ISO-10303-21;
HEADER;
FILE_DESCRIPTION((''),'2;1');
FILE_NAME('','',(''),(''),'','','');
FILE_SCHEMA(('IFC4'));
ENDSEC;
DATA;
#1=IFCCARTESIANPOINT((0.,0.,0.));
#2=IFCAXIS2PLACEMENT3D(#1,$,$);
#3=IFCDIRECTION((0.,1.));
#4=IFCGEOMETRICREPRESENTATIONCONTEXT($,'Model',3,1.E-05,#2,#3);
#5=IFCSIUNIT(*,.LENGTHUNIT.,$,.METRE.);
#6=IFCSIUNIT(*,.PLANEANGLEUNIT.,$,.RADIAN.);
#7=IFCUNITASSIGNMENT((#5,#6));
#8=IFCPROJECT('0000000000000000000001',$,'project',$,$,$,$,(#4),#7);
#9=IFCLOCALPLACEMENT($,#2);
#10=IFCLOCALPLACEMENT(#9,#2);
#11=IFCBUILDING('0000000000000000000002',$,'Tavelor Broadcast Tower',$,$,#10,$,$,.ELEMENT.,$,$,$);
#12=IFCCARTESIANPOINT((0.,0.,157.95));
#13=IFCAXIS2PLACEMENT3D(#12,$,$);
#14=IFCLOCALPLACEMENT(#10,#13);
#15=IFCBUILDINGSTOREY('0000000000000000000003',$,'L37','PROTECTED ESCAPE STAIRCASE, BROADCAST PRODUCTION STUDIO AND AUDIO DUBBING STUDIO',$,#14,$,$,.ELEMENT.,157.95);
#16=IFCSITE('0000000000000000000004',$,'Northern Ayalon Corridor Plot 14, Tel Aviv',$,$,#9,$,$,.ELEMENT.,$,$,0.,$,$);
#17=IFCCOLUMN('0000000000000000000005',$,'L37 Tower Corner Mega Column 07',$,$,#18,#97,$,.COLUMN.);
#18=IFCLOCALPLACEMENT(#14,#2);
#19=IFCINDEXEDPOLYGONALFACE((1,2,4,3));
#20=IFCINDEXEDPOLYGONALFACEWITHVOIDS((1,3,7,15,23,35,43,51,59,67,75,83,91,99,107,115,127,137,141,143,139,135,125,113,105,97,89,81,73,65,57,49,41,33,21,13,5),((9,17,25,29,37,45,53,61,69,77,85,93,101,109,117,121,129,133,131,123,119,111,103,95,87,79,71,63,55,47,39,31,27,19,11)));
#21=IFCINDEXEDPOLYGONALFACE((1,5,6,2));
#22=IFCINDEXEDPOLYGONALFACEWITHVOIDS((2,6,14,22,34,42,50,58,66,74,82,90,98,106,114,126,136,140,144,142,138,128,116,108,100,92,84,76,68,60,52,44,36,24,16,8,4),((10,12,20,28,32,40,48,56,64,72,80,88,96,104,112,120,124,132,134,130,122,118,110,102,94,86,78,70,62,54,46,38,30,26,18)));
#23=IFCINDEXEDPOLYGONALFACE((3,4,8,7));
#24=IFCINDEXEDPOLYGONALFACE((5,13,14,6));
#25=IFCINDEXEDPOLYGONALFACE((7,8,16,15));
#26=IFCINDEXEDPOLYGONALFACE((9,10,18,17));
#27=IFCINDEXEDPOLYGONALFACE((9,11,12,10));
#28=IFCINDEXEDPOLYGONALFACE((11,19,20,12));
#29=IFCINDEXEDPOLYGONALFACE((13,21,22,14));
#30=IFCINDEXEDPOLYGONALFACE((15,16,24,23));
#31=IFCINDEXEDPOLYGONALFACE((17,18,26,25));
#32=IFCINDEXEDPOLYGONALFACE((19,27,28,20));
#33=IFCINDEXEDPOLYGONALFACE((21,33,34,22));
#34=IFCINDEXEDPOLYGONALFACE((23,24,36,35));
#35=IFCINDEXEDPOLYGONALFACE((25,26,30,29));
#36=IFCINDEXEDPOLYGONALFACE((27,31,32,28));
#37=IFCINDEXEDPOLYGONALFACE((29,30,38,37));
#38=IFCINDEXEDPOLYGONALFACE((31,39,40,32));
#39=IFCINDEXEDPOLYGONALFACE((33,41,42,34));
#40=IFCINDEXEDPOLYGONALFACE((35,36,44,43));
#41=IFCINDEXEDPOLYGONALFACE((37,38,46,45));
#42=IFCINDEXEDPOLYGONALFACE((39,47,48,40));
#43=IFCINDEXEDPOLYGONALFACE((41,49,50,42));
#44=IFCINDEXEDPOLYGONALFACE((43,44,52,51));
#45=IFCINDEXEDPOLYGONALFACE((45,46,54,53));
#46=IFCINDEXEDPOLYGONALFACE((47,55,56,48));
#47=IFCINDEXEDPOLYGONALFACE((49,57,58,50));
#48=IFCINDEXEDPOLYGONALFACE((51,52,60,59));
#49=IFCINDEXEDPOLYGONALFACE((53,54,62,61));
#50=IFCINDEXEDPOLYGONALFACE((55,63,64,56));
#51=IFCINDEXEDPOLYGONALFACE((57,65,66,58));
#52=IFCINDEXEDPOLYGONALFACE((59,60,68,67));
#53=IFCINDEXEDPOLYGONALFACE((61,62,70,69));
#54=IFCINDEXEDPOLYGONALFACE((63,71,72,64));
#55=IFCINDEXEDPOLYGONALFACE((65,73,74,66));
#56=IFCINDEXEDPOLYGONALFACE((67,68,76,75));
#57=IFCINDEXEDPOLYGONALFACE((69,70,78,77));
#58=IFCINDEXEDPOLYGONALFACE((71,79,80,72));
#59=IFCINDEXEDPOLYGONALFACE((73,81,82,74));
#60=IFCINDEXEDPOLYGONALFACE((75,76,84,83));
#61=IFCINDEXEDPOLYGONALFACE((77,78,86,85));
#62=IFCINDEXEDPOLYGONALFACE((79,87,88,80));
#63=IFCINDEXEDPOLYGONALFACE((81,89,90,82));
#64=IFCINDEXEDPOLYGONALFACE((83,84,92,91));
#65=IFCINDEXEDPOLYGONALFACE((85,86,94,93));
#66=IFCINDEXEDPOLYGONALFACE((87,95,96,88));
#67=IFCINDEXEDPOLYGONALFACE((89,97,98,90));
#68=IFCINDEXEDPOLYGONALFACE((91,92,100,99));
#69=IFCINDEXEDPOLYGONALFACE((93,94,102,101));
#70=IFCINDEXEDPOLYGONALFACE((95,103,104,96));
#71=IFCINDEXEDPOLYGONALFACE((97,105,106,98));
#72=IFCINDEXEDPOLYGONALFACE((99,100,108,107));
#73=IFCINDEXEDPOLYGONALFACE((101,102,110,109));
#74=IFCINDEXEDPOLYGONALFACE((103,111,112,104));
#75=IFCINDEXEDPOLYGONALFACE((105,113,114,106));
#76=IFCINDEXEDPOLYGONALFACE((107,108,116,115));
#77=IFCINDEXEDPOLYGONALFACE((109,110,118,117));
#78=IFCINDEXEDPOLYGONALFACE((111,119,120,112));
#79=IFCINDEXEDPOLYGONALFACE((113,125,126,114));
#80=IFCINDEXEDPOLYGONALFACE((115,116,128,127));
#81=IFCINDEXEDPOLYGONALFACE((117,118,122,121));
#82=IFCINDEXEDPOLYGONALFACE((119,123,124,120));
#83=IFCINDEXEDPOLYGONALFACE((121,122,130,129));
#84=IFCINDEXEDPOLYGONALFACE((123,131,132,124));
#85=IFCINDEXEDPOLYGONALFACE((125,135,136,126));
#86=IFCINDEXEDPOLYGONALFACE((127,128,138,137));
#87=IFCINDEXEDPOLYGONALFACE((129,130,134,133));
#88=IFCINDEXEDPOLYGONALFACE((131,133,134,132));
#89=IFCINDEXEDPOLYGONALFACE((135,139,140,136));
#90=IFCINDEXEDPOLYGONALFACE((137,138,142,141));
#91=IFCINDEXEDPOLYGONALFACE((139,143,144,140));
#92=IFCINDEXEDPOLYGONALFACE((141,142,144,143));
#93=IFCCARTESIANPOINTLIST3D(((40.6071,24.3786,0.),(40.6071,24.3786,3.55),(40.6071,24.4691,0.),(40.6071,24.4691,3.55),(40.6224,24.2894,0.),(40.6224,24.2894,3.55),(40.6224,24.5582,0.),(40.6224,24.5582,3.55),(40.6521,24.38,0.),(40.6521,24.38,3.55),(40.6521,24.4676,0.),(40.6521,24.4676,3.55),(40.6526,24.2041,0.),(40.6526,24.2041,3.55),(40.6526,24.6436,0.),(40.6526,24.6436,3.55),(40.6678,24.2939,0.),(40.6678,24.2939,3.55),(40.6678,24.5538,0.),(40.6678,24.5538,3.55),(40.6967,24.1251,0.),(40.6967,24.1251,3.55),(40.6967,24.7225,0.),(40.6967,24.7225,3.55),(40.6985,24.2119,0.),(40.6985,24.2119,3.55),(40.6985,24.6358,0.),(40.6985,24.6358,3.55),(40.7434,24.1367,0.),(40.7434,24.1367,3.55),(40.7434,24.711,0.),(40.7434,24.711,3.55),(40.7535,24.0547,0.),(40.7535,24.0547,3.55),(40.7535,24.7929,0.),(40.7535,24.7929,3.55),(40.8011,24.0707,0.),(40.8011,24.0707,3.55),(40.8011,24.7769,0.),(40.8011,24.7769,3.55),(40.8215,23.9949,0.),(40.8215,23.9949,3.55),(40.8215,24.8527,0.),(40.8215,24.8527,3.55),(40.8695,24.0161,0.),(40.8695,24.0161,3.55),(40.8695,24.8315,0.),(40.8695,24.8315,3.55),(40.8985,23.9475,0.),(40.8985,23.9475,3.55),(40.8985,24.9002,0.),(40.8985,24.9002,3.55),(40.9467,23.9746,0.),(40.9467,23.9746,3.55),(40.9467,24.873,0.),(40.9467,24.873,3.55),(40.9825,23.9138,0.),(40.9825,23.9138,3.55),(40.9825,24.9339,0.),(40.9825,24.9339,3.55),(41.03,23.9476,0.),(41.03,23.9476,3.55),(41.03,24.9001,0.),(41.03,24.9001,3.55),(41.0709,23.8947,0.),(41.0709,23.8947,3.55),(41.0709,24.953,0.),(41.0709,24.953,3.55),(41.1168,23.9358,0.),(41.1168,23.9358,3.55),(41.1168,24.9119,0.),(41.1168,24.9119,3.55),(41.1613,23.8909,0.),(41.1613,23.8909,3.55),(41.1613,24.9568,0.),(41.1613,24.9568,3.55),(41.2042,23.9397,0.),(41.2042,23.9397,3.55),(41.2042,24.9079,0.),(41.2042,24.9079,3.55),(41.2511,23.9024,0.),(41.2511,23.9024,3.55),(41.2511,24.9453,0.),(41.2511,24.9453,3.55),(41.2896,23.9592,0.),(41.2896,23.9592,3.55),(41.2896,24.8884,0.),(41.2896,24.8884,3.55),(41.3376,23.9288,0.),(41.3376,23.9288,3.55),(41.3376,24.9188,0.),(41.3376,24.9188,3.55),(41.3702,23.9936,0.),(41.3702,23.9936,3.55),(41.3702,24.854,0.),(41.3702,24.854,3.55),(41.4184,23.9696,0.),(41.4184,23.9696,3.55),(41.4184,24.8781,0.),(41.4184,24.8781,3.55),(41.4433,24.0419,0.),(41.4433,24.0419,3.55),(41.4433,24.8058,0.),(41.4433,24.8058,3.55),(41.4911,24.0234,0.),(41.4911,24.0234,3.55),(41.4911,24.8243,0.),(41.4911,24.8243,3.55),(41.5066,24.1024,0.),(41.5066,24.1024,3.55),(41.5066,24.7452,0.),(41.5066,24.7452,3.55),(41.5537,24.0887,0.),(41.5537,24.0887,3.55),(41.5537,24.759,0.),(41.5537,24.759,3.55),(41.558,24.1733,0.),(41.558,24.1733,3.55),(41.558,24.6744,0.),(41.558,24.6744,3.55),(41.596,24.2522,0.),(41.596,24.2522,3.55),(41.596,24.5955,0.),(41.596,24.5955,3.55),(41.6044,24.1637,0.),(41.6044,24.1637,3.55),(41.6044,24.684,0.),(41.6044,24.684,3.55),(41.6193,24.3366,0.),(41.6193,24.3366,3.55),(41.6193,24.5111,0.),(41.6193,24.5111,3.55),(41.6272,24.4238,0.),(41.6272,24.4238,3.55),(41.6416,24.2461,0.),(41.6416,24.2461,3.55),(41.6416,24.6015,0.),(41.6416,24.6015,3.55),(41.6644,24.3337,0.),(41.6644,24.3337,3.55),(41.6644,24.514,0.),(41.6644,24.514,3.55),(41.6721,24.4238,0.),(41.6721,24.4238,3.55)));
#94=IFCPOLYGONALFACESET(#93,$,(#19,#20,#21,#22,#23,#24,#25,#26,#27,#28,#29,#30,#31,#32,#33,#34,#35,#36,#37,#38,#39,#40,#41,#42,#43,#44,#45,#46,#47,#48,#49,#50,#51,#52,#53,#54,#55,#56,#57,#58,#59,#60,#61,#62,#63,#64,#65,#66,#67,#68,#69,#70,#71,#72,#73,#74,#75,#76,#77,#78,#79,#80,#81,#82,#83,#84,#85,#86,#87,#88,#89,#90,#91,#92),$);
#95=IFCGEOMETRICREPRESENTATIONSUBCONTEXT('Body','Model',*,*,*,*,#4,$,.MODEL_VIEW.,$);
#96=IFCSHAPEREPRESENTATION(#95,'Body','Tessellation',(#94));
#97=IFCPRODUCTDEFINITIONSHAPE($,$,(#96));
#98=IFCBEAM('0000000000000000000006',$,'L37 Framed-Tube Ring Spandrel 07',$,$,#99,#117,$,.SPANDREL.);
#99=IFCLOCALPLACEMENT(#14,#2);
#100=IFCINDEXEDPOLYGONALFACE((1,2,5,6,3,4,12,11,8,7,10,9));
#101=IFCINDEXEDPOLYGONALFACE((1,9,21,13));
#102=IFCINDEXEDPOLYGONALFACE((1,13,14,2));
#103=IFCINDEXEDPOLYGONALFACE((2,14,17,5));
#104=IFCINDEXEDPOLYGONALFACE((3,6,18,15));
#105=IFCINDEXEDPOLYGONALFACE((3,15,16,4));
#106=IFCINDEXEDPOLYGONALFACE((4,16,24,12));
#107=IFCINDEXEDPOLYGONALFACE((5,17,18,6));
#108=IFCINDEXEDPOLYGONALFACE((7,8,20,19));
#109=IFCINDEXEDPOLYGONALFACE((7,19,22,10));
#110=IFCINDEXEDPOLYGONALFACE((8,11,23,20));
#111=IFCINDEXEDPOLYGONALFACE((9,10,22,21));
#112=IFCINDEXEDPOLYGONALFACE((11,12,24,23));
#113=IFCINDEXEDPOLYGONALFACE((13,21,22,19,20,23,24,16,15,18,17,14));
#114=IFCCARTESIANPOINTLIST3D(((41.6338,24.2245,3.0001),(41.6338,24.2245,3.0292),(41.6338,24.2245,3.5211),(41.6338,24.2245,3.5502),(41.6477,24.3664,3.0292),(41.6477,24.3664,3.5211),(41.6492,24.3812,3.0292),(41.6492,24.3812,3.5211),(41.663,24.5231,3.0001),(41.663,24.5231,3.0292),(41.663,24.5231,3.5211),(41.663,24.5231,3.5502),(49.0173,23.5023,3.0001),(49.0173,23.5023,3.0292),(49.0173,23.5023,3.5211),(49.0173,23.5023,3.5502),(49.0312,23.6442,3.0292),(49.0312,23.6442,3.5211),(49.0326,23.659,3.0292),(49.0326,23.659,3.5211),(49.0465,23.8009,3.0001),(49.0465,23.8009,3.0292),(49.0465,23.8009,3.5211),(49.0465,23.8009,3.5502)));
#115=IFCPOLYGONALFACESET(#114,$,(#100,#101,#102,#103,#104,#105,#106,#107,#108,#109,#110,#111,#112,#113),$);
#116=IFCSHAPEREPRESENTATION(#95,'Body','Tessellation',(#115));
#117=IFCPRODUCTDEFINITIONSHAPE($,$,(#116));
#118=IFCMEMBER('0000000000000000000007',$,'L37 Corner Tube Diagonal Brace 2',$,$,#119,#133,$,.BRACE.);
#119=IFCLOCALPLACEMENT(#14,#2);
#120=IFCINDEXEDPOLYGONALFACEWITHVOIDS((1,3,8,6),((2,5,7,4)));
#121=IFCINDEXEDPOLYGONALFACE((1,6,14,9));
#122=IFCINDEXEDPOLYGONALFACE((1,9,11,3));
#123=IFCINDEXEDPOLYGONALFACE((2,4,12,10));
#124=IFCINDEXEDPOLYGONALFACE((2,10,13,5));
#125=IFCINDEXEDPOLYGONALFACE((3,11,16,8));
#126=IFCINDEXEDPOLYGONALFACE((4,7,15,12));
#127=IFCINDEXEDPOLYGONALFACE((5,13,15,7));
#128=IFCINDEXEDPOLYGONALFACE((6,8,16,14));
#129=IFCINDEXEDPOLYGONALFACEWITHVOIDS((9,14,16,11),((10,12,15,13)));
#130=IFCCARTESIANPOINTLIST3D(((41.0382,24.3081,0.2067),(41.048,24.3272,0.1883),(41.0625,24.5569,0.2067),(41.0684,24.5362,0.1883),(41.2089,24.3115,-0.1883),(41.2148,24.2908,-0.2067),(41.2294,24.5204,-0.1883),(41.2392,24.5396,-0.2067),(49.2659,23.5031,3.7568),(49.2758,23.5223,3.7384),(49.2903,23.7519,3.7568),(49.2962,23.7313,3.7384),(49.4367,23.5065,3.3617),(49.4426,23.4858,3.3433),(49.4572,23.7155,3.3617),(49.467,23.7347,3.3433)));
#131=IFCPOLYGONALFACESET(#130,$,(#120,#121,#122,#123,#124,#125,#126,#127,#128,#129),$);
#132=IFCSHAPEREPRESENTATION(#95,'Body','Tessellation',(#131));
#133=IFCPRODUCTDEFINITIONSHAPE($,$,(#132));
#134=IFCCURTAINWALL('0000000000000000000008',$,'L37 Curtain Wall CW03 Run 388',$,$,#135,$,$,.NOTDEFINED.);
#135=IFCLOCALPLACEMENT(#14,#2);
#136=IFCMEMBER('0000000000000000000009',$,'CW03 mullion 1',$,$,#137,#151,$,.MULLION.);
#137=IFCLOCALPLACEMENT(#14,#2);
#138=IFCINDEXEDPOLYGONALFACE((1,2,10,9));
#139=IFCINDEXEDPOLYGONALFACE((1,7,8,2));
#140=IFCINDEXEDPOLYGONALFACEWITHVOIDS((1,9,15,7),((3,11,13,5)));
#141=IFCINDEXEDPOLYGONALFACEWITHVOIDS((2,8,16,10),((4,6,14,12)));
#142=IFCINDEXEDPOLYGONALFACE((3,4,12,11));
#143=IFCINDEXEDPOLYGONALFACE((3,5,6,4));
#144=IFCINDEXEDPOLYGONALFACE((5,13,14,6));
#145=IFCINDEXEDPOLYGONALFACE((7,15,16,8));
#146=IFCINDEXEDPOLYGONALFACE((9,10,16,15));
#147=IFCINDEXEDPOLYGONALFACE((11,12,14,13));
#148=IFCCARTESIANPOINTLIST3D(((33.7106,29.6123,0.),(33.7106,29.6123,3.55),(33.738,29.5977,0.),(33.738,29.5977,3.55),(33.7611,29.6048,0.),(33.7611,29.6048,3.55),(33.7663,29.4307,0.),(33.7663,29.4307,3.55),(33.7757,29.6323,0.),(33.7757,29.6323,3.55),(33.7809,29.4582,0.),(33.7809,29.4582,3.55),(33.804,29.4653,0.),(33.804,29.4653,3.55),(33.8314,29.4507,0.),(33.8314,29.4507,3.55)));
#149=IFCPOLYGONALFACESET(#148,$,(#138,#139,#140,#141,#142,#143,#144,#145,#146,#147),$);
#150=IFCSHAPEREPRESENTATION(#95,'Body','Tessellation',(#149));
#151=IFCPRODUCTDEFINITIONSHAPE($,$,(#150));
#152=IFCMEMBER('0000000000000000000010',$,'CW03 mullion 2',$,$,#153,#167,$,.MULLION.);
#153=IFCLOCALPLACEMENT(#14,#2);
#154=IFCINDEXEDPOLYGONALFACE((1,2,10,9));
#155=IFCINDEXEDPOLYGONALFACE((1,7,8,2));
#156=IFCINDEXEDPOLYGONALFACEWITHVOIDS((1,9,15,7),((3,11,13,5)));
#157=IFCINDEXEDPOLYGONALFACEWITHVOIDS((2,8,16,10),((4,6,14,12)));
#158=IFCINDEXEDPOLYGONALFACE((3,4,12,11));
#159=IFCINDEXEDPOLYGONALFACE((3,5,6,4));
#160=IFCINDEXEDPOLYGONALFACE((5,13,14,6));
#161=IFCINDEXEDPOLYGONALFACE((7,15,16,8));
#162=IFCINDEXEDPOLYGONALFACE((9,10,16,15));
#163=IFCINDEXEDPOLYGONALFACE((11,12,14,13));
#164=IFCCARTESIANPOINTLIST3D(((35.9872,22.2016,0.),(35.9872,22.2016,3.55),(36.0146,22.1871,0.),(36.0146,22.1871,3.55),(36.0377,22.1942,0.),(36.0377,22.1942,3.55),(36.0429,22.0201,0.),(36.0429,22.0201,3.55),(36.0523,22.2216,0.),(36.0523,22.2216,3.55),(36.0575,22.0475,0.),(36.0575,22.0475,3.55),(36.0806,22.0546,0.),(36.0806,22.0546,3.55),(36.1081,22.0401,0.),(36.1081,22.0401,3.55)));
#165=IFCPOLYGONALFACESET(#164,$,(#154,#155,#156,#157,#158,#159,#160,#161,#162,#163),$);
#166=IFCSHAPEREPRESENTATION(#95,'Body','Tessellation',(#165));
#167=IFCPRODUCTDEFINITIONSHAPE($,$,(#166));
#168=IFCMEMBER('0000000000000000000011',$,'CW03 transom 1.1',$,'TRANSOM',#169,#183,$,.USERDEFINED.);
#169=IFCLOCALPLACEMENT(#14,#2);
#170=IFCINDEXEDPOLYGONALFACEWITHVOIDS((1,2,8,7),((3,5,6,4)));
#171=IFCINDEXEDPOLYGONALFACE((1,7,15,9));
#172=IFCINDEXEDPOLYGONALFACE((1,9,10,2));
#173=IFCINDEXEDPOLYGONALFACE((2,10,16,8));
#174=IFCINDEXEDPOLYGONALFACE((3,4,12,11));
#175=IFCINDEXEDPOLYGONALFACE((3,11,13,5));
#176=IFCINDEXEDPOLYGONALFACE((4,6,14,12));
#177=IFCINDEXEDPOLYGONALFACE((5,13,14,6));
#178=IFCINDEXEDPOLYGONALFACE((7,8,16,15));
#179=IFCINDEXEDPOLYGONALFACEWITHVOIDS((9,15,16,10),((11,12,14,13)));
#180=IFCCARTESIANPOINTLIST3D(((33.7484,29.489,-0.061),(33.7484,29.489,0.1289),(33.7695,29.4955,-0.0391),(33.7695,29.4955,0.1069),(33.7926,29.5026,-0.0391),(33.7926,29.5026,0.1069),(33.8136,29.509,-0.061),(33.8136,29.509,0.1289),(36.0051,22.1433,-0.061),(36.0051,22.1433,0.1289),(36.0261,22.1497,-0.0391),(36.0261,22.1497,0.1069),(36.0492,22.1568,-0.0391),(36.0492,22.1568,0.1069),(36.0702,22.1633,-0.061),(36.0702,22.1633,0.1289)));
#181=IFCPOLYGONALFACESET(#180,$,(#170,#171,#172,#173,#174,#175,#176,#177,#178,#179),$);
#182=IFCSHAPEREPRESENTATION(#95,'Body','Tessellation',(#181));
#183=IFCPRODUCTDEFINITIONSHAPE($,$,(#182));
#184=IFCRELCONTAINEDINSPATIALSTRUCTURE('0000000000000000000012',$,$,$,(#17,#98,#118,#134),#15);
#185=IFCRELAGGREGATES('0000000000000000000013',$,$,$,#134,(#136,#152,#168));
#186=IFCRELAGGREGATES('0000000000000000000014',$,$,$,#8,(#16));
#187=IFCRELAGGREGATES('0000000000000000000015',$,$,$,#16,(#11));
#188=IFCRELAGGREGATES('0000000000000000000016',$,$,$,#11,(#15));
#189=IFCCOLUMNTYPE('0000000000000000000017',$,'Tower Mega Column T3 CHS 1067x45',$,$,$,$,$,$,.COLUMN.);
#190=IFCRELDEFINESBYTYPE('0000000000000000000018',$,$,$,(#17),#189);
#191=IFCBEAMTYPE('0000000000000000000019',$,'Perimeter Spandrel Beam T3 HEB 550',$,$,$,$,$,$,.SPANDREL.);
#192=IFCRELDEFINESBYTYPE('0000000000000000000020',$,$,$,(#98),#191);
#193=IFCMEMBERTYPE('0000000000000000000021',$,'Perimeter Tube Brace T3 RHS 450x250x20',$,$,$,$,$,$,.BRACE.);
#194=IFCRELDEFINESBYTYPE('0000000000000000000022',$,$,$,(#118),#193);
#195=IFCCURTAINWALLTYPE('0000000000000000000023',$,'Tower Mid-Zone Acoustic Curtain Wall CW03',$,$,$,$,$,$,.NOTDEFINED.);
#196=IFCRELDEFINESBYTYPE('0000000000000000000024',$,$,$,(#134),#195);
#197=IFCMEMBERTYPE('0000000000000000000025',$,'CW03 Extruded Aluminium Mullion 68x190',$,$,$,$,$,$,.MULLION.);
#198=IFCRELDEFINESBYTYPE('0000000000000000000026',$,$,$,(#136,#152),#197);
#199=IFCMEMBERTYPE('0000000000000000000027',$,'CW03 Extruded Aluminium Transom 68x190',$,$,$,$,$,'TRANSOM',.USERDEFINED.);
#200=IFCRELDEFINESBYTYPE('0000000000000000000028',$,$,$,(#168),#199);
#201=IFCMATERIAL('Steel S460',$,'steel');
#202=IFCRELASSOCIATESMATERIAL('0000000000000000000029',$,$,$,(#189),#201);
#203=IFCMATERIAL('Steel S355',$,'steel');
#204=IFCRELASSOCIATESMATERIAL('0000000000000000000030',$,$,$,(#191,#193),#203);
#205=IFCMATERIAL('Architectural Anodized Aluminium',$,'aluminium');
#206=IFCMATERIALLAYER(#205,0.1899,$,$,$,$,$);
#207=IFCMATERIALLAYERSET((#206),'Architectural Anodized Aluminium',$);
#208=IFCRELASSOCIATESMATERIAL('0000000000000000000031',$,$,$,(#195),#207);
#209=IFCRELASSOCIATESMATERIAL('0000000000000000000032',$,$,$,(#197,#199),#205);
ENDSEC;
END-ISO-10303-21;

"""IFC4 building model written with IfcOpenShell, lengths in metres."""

from ifc_helpers import new_model, si_unit, direction, frame, origin, origin_2d, place, context, subcontext, project, spatial, hollow_rectangle, hollow_circle, i_section, extrude, source, transform, mapped, material, layer, layer_set, material_profile, profile_set, type_object, type_shapes, element, aggregate, save


model = new_model("IFC4")

# Units and contexts
model_context = context("Model", 3, precision=1e-05, world=origin(), true_north=direction((0.0, 1.0)))
body_context = subcontext(model_context, "Body", "Model", "MODEL_VIEW")
ifc_project = project(units=[si_unit("LENGTHUNIT", "METRE"), si_unit("PLANEANGLEUNIT", "RADIAN")], contexts=[model_context])

# Site, building, storey
site_placement = place(None, origin())
site = spatial("IfcSite", under=ifc_project, at=site_placement, Name="Northern Ayalon Corridor Plot 14, Tel Aviv", CompositionType="ELEMENT", RefElevation=0.0)
building_placement = place(site_placement, origin())
building = spatial("IfcBuilding", under=site, at=building_placement, Name="Tavelor Broadcast Tower", CompositionType="ELEMENT")
storey_placement = place(building_placement, frame((0.0, 0.0, 157.95)))
storey = spatial("IfcBuildingStorey", under=building, at=storey_placement, Name="L37", Description="PROTECTED ESCAPE STAIRCASE, BROADCAST PRODUCTION STUDIO AND AUDIO DUBBING STUDIO", CompositionType="ELEMENT", Elevation=157.95)

# Column
ifc_material_1 = material(Name="Steel S460", Category="steel")
ifc_material_profile_1 = material_profile(ifc_material_1, hollow_circle(Radius=0.5334, WallThickness=0.0449, at=origin_2d()), Name="CHS 1067x45")
ifc_profile_set_1 = profile_set([ifc_material_profile_1], Name="Steel S460")
column_type = type_object("IfcColumnType", Name="Tower Mega Column T3 CHS 1067x45", PredefinedType="COLUMN", material=ifc_profile_set_1)
column_placement = place(storey_placement, frame((41.1387, 24.4238, 0.0), z_axis=(0.0, 0.0, 1.0), x_axis=(1.0, 0.0, 0.0)))
element("IfcColumn", 1, at=column_placement, inside=storey, type_object=column_type, Name="L37 Tower Corner Mega Column 07", PredefinedType="COLUMN", context=body_context, shape_type="SweptSolid", body=[
    extrude(hollow_circle(Radius=0.5334, WallThickness=0.0449, at=origin_2d()), origin(), (0.0, 0.0, 1.0), 3.55),
])

# Beam
ifc_material_2 = material(Name="Steel S355", Category="steel")
ifc_material_profile_2 = material_profile(ifc_material_2, i_section(OverallWidth=0.3, OverallDepth=0.55, WebThickness=0.0149, FlangeThickness=0.0291, at=origin_2d()), Name="HEB 550")
ifc_profile_set_2 = profile_set([ifc_material_profile_2], Name="Steel S355")
beam_type = type_object("IfcBeamType", Name="Perimeter Spandrel Beam T3 HEB 550", PredefinedType="SPANDREL", material=ifc_profile_set_2)
beam_placement = place(storey_placement, frame((41.6484, 24.3738, 3.2751), z_axis=(0.995251, -0.097343, 0.0), x_axis=(0.097343, 0.995251, 0.0)))
element("IfcBeam", 2, at=beam_placement, inside=storey, type_object=beam_type, Name="L37 Framed-Tube Ring Spandrel 07", PredefinedType="SPANDREL", context=body_context, shape_type="SweptSolid", body=[
    extrude(i_section(OverallWidth=0.3, OverallDepth=0.55, WebThickness=0.0149, FlangeThickness=0.0291, at=origin_2d()), origin(), (0.0, 0.0, 1.0), 7.4187),
])

# Member
ifc_material_profile_3 = material_profile(ifc_material_2, hollow_rectangle(XDim=0.25, YDim=0.45, WallThickness=0.02, at=origin_2d()), Name="RHS 450x250x20")
ifc_profile_set_3 = profile_set([ifc_material_profile_3], Name="Steel S355")
member_type_1 = type_object("IfcMemberType", Name="Perimeter Tube Brace T3 RHS 450x250x20", PredefinedType="BRACE", material=ifc_profile_set_3)
member_1_placement = place(storey_placement, frame((41.1387, 24.4238, 0.0), z_axis=(0.914496, -0.089466, 0.394579), x_axis=(0.097366, 0.995249, 0.0)))
element("IfcMember", 3, at=member_1_placement, inside=storey, type_object=member_type_1, Name="L37 Corner Tube Diagonal Brace 2", PredefinedType="BRACE", context=body_context, shape_type="SweptSolid", body=[
    extrude(hollow_rectangle(XDim=0.25, YDim=0.45, WallThickness=0.02, at=origin_2d()), origin(), (0.0, 0.0, 1.0), 8.9971),
])

# Curtain wall, members
ifc_material_3 = material(Name="Architectural Anodized Aluminium", Category="aluminium")
ifc_layer_1 = layer(ifc_material_3, 0.1899)
ifc_layer_set_1 = layer_set([ifc_layer_1], Name="Architectural Anodized Aluminium")
curtain_wall_type = type_object("IfcCurtainWallType", Name="Tower Mid-Zone Acoustic Curtain Wall CW03", PredefinedType="NOTDEFINED", material=ifc_layer_set_1)
curtain_wall_placement = place(storey_placement, origin())
curtain_wall = element("IfcCurtainWall", 4, at=curtain_wall_placement, inside=storey, type_object=curtain_wall_type, Name="L37 Curtain Wall CW03 Run 388", PredefinedType="NOTDEFINED")
ifc_material_profile_4 = material_profile(ifc_material_3, hollow_rectangle(XDim=0.0681, YDim=0.1899, WallThickness=0.022, at=origin_2d()), Name="RHS 68x190x22")
ifc_profile_set_4 = profile_set([ifc_material_profile_4], Name="Architectural Anodized Aluminium")
member_type_2 = type_object("IfcMemberType", Name="CW03 Extruded Aluminium Mullion 68x190", PredefinedType="MULLION", material=ifc_profile_set_4)
shared_shape_1 = source(origin(), body_context, "Body", "SweptSolid", [
    extrude(hollow_rectangle(XDim=0.0681, YDim=0.1899, WallThickness=0.022, at=origin_2d()), origin(), (0.0, 0.0, 1.0), 3.55),
])
type_shapes(member_type_2, [shared_shape_1])
member_2_placement = place(storey_placement, frame((33.771, 29.5315, 0.0), z_axis=(0.0, 0.0, 1.0), x_axis=(0.955912, 0.293652, 0.0)))
member_2 = element("IfcMember", 5, at=member_2_placement, type_object=member_type_2, Name="CW03 mullion 1", PredefinedType="MULLION", context=body_context, shape_type="MappedRepresentation", body=[
    mapped(shared_shape_1, transform((0.0, 0.0, 0.0), scale=1.0)),
])
member_3_placement = place(storey_placement, frame((36.0476, 22.1208, 0.0), z_axis=(0.0, 0.0, 1.0), x_axis=(0.955912, 0.293652, 0.0)))
member_3 = element("IfcMember", 6, at=member_3_placement, type_object=member_type_2, Name="CW03 mullion 2", PredefinedType="MULLION", context=body_context, shape_type="MappedRepresentation", body=[
    mapped(shared_shape_1, transform((0.0, 0.0, 0.0), scale=1.0)),
])
ifc_material_profile_5 = material_profile(ifc_material_3, hollow_rectangle(XDim=0.0681, YDim=0.1899, WallThickness=0.022, at=origin_2d()), Name="RHS 68x190x22")
ifc_profile_set_5 = profile_set([ifc_material_profile_5], Name="Architectural Anodized Aluminium")
member_type_3 = type_object("IfcMemberType", Name="CW03 Extruded Aluminium Transom 68x190", ElementType="TRANSOM", PredefinedType="USERDEFINED", material=ifc_profile_set_5)
shared_shape_2 = source(origin(), body_context, "Body", "SweptSolid", [
    extrude(hollow_rectangle(XDim=0.0681, YDim=0.1899, WallThickness=0.022, at=origin_2d()), origin(), (0.0, 0.0, 1.0), 7.6846),
])
type_shapes(member_type_3, [shared_shape_2])
member_4_placement = place(storey_placement, frame((33.781, 29.499, 0.0339), z_axis=(0.293655, -0.955911, 0.0), x_axis=(0.955911, 0.293655, 0.0)))
member_4 = element("IfcMember", 7, at=member_4_placement, type_object=member_type_3, Name="CW03 transom 1.1", ObjectType="TRANSOM", PredefinedType="USERDEFINED", context=body_context, shape_type="MappedRepresentation", body=[
    mapped(shared_shape_2, transform((0.0, 0.0, 0.0), scale=1.0)),
])

aggregate(curtain_wall, [member_2, member_3, member_4])

save(model, "model.ifc")
